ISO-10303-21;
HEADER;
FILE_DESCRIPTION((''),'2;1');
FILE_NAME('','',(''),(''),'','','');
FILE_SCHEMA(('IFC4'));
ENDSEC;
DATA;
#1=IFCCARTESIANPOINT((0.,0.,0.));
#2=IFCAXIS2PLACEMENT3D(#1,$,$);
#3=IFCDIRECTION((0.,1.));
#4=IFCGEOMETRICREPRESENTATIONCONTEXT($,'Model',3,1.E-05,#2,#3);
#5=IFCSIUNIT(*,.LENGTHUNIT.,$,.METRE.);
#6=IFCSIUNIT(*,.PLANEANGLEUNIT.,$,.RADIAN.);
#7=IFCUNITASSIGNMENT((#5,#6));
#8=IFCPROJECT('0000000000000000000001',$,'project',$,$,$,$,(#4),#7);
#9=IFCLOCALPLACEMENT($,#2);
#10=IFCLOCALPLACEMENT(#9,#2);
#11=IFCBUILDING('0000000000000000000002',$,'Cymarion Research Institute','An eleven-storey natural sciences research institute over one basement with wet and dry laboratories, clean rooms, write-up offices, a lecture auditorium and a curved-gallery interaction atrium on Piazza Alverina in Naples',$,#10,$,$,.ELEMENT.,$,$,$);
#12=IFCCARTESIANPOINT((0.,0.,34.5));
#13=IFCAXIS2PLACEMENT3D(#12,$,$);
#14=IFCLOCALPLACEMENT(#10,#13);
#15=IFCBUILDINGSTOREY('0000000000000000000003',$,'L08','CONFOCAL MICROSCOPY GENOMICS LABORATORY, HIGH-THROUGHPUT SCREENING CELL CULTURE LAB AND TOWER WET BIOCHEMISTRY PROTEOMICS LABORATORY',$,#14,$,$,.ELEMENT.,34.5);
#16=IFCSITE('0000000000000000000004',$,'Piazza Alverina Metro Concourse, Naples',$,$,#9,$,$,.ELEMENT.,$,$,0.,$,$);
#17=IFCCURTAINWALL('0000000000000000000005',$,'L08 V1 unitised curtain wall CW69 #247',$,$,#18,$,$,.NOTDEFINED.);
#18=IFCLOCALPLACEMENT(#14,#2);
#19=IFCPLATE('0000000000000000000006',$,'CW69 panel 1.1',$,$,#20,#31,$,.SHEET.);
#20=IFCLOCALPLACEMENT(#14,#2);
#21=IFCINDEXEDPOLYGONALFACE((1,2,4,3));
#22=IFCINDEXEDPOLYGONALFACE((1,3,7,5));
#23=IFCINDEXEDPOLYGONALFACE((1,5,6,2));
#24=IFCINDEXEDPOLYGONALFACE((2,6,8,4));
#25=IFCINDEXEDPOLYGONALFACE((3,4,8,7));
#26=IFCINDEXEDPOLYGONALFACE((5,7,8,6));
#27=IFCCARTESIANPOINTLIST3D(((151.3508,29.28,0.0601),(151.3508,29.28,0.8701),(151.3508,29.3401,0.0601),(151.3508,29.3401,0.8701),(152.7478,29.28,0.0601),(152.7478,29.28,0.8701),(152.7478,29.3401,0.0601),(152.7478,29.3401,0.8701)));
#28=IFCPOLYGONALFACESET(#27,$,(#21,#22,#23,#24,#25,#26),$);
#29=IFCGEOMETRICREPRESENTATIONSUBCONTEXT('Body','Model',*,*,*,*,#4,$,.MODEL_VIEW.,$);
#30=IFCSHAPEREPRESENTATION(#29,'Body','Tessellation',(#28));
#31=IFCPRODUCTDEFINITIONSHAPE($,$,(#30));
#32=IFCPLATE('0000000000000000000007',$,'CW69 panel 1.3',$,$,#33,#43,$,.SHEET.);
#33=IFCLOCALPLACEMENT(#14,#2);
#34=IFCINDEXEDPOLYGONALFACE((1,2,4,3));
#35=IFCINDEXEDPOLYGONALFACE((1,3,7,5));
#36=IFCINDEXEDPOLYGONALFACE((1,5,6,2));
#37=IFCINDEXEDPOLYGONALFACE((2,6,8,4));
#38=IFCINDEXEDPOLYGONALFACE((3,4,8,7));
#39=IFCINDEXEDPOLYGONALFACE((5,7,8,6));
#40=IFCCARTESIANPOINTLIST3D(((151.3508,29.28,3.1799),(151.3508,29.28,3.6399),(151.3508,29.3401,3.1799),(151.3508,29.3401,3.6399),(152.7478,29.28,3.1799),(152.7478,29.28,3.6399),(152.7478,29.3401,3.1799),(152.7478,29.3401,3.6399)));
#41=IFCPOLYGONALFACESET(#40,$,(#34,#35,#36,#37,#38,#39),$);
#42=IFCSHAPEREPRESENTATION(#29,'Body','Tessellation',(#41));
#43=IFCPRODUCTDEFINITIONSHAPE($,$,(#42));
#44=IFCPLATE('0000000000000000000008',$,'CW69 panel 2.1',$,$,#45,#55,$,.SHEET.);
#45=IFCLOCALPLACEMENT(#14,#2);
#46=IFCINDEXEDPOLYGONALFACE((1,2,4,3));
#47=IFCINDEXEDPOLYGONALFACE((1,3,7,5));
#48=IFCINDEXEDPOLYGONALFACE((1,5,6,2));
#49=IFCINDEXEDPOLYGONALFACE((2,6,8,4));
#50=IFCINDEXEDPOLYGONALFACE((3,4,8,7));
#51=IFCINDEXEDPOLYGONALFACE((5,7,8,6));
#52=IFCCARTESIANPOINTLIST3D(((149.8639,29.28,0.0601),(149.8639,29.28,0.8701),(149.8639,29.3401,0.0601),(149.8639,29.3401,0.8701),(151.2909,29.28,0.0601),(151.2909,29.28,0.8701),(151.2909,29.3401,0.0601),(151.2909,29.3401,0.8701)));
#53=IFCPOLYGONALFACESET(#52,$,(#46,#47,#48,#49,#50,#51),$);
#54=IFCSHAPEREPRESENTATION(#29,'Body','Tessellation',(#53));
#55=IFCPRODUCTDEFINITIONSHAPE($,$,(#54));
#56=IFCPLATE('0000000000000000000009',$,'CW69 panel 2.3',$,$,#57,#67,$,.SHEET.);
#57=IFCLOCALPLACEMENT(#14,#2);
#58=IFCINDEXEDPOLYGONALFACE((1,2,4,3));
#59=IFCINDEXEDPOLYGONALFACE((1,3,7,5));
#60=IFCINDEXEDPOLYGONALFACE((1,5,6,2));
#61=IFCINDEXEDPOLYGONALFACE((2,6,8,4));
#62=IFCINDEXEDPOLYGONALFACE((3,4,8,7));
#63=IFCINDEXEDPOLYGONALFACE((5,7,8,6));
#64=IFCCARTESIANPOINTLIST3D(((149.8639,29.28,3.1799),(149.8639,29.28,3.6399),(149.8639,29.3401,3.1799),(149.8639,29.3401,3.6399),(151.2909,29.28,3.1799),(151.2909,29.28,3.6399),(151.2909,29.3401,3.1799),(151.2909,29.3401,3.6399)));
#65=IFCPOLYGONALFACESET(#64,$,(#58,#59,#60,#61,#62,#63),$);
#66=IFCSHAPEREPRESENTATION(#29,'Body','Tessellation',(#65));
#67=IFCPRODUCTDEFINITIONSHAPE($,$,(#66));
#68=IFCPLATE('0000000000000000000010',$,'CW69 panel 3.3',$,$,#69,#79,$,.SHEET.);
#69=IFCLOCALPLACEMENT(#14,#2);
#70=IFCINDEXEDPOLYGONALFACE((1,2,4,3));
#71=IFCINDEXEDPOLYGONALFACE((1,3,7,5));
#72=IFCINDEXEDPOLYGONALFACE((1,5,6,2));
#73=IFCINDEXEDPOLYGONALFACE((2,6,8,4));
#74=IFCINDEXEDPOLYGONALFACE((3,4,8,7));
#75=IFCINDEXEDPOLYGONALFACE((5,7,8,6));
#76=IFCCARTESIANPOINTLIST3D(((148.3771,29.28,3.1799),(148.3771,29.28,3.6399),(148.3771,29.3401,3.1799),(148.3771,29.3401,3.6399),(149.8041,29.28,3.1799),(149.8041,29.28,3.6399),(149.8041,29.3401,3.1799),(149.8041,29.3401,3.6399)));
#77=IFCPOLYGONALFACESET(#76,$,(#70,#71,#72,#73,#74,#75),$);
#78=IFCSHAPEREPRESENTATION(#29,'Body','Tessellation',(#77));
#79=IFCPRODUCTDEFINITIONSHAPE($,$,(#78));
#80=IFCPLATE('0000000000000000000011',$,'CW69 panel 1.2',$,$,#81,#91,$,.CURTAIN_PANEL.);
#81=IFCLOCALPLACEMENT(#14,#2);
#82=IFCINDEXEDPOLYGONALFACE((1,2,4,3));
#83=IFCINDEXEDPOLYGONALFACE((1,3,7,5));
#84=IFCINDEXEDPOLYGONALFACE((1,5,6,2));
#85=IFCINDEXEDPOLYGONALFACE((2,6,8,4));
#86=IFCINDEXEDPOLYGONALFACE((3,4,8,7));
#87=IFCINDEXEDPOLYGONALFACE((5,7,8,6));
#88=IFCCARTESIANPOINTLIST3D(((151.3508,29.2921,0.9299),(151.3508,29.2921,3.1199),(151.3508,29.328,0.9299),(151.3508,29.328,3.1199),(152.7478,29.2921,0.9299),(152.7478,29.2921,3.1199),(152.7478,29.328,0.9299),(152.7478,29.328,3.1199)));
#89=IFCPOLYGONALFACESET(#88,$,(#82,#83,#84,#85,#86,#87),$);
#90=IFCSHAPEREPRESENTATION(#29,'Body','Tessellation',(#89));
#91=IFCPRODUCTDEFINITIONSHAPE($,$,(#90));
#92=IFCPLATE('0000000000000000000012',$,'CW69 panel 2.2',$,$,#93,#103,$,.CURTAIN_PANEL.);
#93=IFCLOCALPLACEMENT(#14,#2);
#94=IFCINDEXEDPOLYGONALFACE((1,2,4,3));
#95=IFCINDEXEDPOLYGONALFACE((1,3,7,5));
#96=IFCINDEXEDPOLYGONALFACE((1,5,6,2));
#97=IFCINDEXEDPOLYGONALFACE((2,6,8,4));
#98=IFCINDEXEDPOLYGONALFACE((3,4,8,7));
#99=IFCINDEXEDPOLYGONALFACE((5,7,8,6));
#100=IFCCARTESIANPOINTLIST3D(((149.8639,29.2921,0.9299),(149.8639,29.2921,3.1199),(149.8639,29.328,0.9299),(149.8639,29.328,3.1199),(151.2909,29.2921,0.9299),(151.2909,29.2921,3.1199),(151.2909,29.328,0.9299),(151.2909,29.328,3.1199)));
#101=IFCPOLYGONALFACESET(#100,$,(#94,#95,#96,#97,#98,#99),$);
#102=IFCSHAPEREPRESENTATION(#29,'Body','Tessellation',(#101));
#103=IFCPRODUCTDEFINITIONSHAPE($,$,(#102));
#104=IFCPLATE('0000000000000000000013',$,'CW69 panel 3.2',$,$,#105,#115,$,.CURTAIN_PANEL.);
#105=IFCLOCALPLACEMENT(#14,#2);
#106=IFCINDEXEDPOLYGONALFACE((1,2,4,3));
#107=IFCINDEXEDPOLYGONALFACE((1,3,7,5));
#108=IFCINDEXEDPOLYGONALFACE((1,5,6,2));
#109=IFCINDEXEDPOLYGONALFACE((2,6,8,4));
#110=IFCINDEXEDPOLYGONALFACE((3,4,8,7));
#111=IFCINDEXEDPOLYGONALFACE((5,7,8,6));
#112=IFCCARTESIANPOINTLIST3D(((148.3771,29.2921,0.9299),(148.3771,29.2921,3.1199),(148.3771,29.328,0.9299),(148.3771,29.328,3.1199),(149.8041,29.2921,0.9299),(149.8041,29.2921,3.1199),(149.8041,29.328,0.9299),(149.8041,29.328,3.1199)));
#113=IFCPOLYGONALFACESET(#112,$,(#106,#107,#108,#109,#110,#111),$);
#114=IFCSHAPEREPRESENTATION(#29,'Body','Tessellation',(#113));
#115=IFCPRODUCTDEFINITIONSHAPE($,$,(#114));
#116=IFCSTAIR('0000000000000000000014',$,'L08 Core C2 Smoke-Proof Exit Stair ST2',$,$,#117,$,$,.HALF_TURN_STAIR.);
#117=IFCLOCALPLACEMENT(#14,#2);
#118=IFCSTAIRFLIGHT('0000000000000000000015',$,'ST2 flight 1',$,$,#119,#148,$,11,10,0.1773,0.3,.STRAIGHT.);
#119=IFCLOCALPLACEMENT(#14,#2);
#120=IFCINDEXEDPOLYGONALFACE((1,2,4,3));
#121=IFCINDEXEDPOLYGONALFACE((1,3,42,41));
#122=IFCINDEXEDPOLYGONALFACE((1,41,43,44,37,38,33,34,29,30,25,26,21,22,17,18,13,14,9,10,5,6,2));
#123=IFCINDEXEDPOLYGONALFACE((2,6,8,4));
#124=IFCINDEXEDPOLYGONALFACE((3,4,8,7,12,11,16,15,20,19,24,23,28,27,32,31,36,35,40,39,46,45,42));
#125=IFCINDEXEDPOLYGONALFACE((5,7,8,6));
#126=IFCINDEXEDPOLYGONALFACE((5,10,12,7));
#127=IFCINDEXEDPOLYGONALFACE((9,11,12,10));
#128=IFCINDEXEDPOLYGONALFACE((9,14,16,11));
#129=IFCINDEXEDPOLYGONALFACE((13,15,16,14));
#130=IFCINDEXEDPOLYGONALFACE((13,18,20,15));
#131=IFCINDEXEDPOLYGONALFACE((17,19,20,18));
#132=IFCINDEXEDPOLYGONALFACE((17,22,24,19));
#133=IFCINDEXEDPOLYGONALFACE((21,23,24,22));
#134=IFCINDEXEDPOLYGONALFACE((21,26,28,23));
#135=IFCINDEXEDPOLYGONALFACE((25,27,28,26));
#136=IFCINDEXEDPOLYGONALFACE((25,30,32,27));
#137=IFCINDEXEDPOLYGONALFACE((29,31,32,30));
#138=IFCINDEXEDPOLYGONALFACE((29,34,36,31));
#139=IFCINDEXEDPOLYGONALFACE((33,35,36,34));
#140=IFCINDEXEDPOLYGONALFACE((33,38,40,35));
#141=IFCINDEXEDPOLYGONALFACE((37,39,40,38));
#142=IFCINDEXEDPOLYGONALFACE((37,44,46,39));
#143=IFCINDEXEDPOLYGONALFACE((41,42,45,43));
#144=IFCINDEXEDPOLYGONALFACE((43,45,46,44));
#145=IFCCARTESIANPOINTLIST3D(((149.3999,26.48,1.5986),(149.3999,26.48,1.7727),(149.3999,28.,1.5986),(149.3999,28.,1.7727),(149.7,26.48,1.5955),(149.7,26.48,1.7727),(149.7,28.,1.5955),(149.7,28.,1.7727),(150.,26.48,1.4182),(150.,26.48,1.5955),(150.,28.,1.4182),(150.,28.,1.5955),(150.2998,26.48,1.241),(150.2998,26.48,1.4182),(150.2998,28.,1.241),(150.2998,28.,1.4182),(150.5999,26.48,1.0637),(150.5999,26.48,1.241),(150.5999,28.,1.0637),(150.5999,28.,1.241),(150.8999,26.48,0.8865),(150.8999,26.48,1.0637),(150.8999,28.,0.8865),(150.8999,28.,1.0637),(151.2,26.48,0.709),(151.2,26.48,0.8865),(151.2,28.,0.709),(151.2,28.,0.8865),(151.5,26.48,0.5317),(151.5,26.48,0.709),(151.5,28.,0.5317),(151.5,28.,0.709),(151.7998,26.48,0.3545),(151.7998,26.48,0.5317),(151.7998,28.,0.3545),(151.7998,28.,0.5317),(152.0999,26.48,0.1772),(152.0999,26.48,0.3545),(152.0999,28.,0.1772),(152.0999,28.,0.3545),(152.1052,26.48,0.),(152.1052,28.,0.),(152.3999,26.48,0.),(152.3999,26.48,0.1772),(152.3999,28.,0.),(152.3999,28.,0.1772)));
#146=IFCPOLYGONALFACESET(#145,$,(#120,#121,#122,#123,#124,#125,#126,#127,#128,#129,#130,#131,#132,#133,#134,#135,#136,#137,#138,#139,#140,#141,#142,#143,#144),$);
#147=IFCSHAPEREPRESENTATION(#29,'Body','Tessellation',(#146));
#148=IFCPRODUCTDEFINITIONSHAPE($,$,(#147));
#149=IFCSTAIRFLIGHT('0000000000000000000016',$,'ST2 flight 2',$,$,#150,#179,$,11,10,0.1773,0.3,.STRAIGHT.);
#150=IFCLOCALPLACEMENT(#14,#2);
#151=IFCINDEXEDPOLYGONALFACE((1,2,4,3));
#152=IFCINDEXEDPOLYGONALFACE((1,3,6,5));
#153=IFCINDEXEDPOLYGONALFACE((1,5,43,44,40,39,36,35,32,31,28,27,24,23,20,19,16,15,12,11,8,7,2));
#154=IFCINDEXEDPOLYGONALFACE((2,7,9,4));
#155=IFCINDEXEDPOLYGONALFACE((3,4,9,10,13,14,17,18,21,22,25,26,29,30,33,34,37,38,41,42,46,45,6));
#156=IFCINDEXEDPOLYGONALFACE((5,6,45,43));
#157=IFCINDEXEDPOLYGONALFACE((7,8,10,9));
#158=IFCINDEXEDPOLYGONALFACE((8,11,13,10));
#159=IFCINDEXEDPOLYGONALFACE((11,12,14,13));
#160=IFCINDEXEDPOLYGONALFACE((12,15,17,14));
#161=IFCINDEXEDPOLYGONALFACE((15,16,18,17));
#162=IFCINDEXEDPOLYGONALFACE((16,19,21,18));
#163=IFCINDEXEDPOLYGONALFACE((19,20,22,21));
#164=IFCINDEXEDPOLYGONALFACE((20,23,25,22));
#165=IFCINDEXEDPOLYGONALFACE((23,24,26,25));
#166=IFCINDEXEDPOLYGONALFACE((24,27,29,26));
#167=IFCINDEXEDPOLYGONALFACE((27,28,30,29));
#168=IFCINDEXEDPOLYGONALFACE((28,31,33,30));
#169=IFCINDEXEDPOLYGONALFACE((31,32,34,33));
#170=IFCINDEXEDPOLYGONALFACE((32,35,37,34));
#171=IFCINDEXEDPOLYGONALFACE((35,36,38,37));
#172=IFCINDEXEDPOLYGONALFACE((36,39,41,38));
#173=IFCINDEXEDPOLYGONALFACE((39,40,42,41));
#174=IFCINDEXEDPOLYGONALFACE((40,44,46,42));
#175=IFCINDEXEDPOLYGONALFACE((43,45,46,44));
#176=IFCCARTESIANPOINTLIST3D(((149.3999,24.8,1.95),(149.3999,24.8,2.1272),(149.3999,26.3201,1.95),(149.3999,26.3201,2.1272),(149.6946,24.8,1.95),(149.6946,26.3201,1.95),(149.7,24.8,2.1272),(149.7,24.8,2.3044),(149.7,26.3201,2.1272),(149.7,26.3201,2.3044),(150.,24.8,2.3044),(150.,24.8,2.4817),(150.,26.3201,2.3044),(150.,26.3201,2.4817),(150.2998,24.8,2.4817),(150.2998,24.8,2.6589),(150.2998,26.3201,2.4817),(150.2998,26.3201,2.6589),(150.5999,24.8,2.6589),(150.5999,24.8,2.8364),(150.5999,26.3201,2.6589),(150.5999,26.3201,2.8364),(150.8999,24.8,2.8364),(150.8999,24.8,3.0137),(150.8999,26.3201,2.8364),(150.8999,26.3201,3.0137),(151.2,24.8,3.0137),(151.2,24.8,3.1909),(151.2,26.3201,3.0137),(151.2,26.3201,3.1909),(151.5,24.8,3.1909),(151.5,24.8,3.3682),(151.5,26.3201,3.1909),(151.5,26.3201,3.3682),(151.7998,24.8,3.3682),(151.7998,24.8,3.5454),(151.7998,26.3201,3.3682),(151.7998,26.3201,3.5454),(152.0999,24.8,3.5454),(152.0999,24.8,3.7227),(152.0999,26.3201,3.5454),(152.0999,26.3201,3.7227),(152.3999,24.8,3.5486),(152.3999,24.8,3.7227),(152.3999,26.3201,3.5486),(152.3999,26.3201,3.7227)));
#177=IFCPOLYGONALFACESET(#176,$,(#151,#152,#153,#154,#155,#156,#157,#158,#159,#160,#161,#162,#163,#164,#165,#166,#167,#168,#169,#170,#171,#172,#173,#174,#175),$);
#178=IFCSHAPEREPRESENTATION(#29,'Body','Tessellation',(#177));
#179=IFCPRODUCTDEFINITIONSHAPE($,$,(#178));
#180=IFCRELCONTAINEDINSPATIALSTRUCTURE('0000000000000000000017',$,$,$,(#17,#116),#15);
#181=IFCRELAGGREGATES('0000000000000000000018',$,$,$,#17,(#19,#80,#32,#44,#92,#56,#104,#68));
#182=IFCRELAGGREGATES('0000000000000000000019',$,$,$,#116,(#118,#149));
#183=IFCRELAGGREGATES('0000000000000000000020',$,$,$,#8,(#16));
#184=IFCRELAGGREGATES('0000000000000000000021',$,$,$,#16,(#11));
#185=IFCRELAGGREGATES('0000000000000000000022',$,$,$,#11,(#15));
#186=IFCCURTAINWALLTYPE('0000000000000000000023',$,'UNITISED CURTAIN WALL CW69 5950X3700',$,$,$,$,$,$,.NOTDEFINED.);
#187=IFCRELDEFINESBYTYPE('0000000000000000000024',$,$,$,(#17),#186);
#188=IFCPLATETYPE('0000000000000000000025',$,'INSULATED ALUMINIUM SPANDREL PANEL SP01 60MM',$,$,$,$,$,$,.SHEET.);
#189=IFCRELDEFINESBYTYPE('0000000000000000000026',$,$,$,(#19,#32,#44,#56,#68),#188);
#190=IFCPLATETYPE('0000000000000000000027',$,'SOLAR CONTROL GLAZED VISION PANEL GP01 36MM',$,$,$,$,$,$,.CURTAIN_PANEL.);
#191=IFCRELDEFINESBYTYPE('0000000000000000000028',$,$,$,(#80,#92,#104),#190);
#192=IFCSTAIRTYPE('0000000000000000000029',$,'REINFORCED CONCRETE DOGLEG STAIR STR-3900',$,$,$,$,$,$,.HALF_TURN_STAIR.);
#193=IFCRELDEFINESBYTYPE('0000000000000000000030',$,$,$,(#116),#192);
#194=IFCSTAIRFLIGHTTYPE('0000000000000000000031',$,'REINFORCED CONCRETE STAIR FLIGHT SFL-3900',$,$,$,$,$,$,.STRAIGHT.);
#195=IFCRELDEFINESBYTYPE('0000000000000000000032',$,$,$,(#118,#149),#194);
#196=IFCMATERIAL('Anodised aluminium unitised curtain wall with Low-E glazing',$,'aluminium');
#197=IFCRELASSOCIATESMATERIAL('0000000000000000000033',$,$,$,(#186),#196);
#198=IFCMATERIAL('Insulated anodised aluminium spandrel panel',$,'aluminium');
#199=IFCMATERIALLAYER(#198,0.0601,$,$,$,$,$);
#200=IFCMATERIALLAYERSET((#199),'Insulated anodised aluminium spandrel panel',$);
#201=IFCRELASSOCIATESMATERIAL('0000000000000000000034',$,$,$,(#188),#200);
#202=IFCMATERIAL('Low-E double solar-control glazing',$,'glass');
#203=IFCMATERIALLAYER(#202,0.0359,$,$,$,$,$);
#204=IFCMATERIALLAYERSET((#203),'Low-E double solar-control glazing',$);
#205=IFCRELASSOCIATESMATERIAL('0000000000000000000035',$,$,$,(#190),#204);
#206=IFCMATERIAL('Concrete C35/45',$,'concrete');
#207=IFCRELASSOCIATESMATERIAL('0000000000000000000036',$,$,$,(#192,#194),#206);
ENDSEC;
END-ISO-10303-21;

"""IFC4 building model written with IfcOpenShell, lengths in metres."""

from ifc_helpers import new_model, si_unit, direction, frame, origin, origin_2d, place, context, subcontext, project, spatial, polyline, rectangle, outline, extrude, material, layer, layer_set, type_object, element, aggregate, save


model = new_model("IFC4")

# Units and contexts
model_context = context("Model", 3, precision=1e-05, world=origin(), true_north=direction((0.0, 1.0)))
body_context = subcontext(model_context, "Body", "Model", "MODEL_VIEW")
ifc_project = project(units=[si_unit("LENGTHUNIT", "METRE"), si_unit("PLANEANGLEUNIT", "RADIAN")], contexts=[model_context])

# Site, building, storey
site_placement = place(None, origin())
site = spatial("IfcSite", under=ifc_project, at=site_placement, Name="Piazza Alverina Metro Concourse, Naples", CompositionType="ELEMENT", RefElevation=0.0)
building_placement = place(site_placement, origin())
building = spatial("IfcBuilding", under=site, at=building_placement, Name="Cymarion Research Institute", Description="An eleven-storey natural sciences research institute over one basement with wet and dry laboratories, clean rooms, write-up offices, a lecture auditorium and a curved-gallery interaction atrium on Piazza Alverina in Naples", CompositionType="ELEMENT")
storey_placement = place(building_placement, frame((0.0, 0.0, 34.5)))
storey = spatial("IfcBuildingStorey", under=building, at=storey_placement, Name="L08", Description="CONFOCAL MICROSCOPY GENOMICS LABORATORY, HIGH-THROUGHPUT SCREENING CELL CULTURE LAB AND TOWER WET BIOCHEMISTRY PROTEOMICS LABORATORY", CompositionType="ELEMENT", Elevation=34.5)

# Curtain wall, plates
ifc_material_1 = material(Name="Anodised aluminium unitised curtain wall with Low-E glazing", Category="aluminium")
curtain_wall_type = type_object("IfcCurtainWallType", Name="UNITISED CURTAIN WALL CW69 5950X3700", PredefinedType="NOTDEFINED", material=ifc_material_1)
curtain_wall_placement = place(storey_placement, origin())
curtain_wall = element("IfcCurtainWall", 1, at=curtain_wall_placement, inside=storey, type_object=curtain_wall_type, Name="L08 V1 unitised curtain wall CW69 #247", PredefinedType="NOTDEFINED")
ifc_material_2 = material(Name="Insulated anodised aluminium spandrel panel", Category="aluminium")
ifc_layer_1 = layer(ifc_material_2, 0.0601)
ifc_layer_set_1 = layer_set([ifc_layer_1], Name="Insulated anodised aluminium spandrel panel")
plate_type_1 = type_object("IfcPlateType", Name="INSULATED ALUMINIUM SPANDREL PANEL SP01 60MM", PredefinedType="SHEET", material=ifc_layer_set_1)
plate_1_placement = place(storey_placement, frame((152.0493, 29.3101, 0.0601), z_axis=(0.0, 0.0, 1.0), x_axis=(-1.0, 0.0, 0.0)))
plate_1 = element("IfcPlate", 2, at=plate_1_placement, type_object=plate_type_1, Name="CW69 panel 1.1", PredefinedType="SHEET", context=body_context, shape_type="SweptSolid", body=[
    extrude(rectangle(XDim=1.397, YDim=0.0601, at=origin_2d()), origin(), (0.0, 0.0, 1.0), 0.8101),
])
plate_2_placement = place(storey_placement, frame((152.0493, 29.3101, 3.1799), z_axis=(0.0, 0.0, 1.0), x_axis=(-1.0, 0.0, 0.0)))
plate_2 = element("IfcPlate", 3, at=plate_2_placement, type_object=plate_type_1, Name="CW69 panel 1.3", PredefinedType="SHEET", context=body_context, shape_type="SweptSolid", body=[
    extrude(rectangle(XDim=1.397, YDim=0.0601, at=origin_2d()), origin(), (0.0, 0.0, 1.0), 0.46),
])
plate_3_placement = place(storey_placement, frame((150.5774, 29.3101, 0.0601), z_axis=(0.0, 0.0, 1.0), x_axis=(-1.0, 0.0, 0.0)))
plate_3 = element("IfcPlate", 4, at=plate_3_placement, type_object=plate_type_1, Name="CW69 panel 2.1", PredefinedType="SHEET", context=body_context, shape_type="SweptSolid", body=[
    extrude(rectangle(XDim=1.427, YDim=0.0601, at=origin_2d()), origin(), (0.0, 0.0, 1.0), 0.8101),
])
plate_4_placement = place(storey_placement, frame((150.5774, 29.3101, 3.1799), z_axis=(0.0, 0.0, 1.0), x_axis=(-1.0, 0.0, 0.0)))
plate_4 = element("IfcPlate", 5, at=plate_4_placement, type_object=plate_type_1, Name="CW69 panel 2.3", PredefinedType="SHEET", context=body_context, shape_type="SweptSolid", body=[
    extrude(rectangle(XDim=1.427, YDim=0.0601, at=origin_2d()), origin(), (0.0, 0.0, 1.0), 0.46),
])
plate_5_placement = place(storey_placement, frame((149.0906, 29.3101, 3.1799), z_axis=(0.0, 0.0, 1.0), x_axis=(-1.0, 0.0, 0.0)))
plate_5 = element("IfcPlate", 6, at=plate_5_placement, type_object=plate_type_1, Name="CW69 panel 3.3", PredefinedType="SHEET", context=body_context, shape_type="SweptSolid", body=[
    extrude(rectangle(XDim=1.427, YDim=0.0601, at=origin_2d()), origin(), (0.0, 0.0, 1.0), 0.46),
])
ifc_material_3 = material(Name="Low-E double solar-control glazing", Category="glass")
ifc_layer_2 = layer(ifc_material_3, 0.0359)
ifc_layer_set_2 = layer_set([ifc_layer_2], Name="Low-E double solar-control glazing")
plate_type_2 = type_object("IfcPlateType", Name="SOLAR CONTROL GLAZED VISION PANEL GP01 36MM", PredefinedType="CURTAIN_PANEL", material=ifc_layer_set_2)
plate_6_placement = place(storey_placement, frame((152.0493, 29.3101, 0.9299), z_axis=(0.0, 0.0, 1.0), x_axis=(-1.0, 0.0, 0.0)))
plate_6 = element("IfcPlate", 7, at=plate_6_placement, type_object=plate_type_2, Name="CW69 panel 1.2", PredefinedType="CURTAIN_PANEL", context=body_context, shape_type="SweptSolid", body=[
    extrude(rectangle(XDim=1.397, YDim=0.0359, at=origin_2d()), origin(), (0.0, 0.0, 1.0), 2.1899),
])
plate_7_placement = place(storey_placement, frame((150.5774, 29.3101, 0.9299), z_axis=(0.0, 0.0, 1.0), x_axis=(-1.0, 0.0, 0.0)))
plate_7 = element("IfcPlate", 8, at=plate_7_placement, type_object=plate_type_2, Name="CW69 panel 2.2", PredefinedType="CURTAIN_PANEL", context=body_context, shape_type="SweptSolid", body=[
    extrude(rectangle(XDim=1.427, YDim=0.0359, at=origin_2d()), origin(), (0.0, 0.0, 1.0), 2.1899),
])
plate_8_placement = place(storey_placement, frame((149.0906, 29.3101, 0.9299), z_axis=(0.0, 0.0, 1.0), x_axis=(-1.0, 0.0, 0.0)))
plate_8 = element("IfcPlate", 9, at=plate_8_placement, type_object=plate_type_2, Name="CW69 panel 3.2", PredefinedType="CURTAIN_PANEL", context=body_context, shape_type="SweptSolid", body=[
    extrude(rectangle(XDim=1.427, YDim=0.0359, at=origin_2d()), origin(), (0.0, 0.0, 1.0), 2.1899),
])
aggregate(curtain_wall, [plate_1, plate_6, plate_2, plate_3, plate_7, plate_4, plate_8, plate_5])

# Stair, stair flights
ifc_material_4 = material(Name="Concrete C35/45", Category="concrete")
stair_type = type_object("IfcStairType", Name="REINFORCED CONCRETE DOGLEG STAIR STR-3900", PredefinedType="HALF_TURN_STAIR", material=ifc_material_4)
stair_placement = place(storey_placement, origin())
stair = element("IfcStair", 10, at=stair_placement, inside=storey, type_object=stair_type, Name="L08 Core C2 Smoke-Proof Exit Stair ST2", PredefinedType="HALF_TURN_STAIR")
stair_flight_type = type_object("IfcStairFlightType", Name="REINFORCED CONCRETE STAIR FLIGHT SFL-3900", PredefinedType="STRAIGHT", material=ifc_material_4)
stair_flight_1_placement = place(storey_placement, frame((152.3999, 27.24, 0.0), z_axis=(0.0, 0.0, 1.0), x_axis=(-1.0, 0.0, 0.0)))
stair_flight_1 = element("IfcStairFlight", 11, at=stair_flight_1_placement, type_object=stair_flight_type, Name="ST2 flight 1", NumberOfRisers=11, NumberOfTreads=10, PredefinedType="STRAIGHT", RiserHeight=0.1773, TreadLength=0.3, context=body_context, shape_type="SweptSolid", body=[
    extrude(outline(polyline([(0.0, 0.0), (0.0, 0.1772), (0.3, 0.1772), (0.3, 0.3545), (0.6001, 0.3545), (0.6001, 0.5317), (0.8999, 0.5317), (0.8999, 0.709), (1.2, 0.709), (1.2, 0.8865), (1.5, 0.8865), (1.5, 1.0637), (1.8, 1.0637), (1.8, 1.241), (2.1001, 1.241), (2.1001, 1.4182), (2.3999, 1.4182), (2.3999, 1.5955), (2.7, 1.5955), (2.7, 1.7727), (3.0, 1.7727), (3.0, 1.95), (3.0, 1.5986), (0.2947, 0.0), (0.0, 0.0)])), frame((0.0, 0.76, 0.0), z_axis=(0.0, -1.0, 0.0), x_axis=(1.0, 0.0, 0.0)), (0.0, 0.0, 1.0), 1.52),
])
stair_flight_2_placement = place(storey_placement, frame((149.3999, 25.5601, 1.95), z_axis=(0.0, 0.0, 1.0), x_axis=(1.0, 0.0, 0.0)))
stair_flight_2 = element("IfcStairFlight", 12, at=stair_flight_2_placement, type_object=stair_flight_type, Name="ST2 flight 2", NumberOfRisers=11, NumberOfTreads=10, PredefinedType="STRAIGHT", RiserHeight=0.1773, TreadLength=0.3, context=body_context, shape_type="SweptSolid", body=[
    extrude(outline(polyline([(0.0, 0.0), (0.0, 0.1772), (0.3, 0.1772), (0.3, 0.3545), (0.6001, 0.3545), (0.6001, 0.5317), (0.8999, 0.5317), (0.8999, 0.709), (1.2, 0.709), (1.2, 0.8865), (1.5, 0.8865), (1.5, 1.0637), (1.8, 1.0637), (1.8, 1.241), (2.1001, 1.241), (2.1001, 1.4182), (2.3999, 1.4182), (2.3999, 1.5955), (2.7, 1.5955), (2.7, 1.7727), (3.0, 1.7727), (3.0, 1.95), (3.0, 1.5986), (0.2947, 0.0), (0.0, 0.0)])), frame((0.0, 0.76, 0.0), z_axis=(0.0, -1.0, 0.0), x_axis=(1.0, 0.0, 0.0)), (0.0, 0.0, 1.0), 1.52),
])
aggregate(stair, [stair_flight_1, stair_flight_2])

save(model, "model.ifc")
